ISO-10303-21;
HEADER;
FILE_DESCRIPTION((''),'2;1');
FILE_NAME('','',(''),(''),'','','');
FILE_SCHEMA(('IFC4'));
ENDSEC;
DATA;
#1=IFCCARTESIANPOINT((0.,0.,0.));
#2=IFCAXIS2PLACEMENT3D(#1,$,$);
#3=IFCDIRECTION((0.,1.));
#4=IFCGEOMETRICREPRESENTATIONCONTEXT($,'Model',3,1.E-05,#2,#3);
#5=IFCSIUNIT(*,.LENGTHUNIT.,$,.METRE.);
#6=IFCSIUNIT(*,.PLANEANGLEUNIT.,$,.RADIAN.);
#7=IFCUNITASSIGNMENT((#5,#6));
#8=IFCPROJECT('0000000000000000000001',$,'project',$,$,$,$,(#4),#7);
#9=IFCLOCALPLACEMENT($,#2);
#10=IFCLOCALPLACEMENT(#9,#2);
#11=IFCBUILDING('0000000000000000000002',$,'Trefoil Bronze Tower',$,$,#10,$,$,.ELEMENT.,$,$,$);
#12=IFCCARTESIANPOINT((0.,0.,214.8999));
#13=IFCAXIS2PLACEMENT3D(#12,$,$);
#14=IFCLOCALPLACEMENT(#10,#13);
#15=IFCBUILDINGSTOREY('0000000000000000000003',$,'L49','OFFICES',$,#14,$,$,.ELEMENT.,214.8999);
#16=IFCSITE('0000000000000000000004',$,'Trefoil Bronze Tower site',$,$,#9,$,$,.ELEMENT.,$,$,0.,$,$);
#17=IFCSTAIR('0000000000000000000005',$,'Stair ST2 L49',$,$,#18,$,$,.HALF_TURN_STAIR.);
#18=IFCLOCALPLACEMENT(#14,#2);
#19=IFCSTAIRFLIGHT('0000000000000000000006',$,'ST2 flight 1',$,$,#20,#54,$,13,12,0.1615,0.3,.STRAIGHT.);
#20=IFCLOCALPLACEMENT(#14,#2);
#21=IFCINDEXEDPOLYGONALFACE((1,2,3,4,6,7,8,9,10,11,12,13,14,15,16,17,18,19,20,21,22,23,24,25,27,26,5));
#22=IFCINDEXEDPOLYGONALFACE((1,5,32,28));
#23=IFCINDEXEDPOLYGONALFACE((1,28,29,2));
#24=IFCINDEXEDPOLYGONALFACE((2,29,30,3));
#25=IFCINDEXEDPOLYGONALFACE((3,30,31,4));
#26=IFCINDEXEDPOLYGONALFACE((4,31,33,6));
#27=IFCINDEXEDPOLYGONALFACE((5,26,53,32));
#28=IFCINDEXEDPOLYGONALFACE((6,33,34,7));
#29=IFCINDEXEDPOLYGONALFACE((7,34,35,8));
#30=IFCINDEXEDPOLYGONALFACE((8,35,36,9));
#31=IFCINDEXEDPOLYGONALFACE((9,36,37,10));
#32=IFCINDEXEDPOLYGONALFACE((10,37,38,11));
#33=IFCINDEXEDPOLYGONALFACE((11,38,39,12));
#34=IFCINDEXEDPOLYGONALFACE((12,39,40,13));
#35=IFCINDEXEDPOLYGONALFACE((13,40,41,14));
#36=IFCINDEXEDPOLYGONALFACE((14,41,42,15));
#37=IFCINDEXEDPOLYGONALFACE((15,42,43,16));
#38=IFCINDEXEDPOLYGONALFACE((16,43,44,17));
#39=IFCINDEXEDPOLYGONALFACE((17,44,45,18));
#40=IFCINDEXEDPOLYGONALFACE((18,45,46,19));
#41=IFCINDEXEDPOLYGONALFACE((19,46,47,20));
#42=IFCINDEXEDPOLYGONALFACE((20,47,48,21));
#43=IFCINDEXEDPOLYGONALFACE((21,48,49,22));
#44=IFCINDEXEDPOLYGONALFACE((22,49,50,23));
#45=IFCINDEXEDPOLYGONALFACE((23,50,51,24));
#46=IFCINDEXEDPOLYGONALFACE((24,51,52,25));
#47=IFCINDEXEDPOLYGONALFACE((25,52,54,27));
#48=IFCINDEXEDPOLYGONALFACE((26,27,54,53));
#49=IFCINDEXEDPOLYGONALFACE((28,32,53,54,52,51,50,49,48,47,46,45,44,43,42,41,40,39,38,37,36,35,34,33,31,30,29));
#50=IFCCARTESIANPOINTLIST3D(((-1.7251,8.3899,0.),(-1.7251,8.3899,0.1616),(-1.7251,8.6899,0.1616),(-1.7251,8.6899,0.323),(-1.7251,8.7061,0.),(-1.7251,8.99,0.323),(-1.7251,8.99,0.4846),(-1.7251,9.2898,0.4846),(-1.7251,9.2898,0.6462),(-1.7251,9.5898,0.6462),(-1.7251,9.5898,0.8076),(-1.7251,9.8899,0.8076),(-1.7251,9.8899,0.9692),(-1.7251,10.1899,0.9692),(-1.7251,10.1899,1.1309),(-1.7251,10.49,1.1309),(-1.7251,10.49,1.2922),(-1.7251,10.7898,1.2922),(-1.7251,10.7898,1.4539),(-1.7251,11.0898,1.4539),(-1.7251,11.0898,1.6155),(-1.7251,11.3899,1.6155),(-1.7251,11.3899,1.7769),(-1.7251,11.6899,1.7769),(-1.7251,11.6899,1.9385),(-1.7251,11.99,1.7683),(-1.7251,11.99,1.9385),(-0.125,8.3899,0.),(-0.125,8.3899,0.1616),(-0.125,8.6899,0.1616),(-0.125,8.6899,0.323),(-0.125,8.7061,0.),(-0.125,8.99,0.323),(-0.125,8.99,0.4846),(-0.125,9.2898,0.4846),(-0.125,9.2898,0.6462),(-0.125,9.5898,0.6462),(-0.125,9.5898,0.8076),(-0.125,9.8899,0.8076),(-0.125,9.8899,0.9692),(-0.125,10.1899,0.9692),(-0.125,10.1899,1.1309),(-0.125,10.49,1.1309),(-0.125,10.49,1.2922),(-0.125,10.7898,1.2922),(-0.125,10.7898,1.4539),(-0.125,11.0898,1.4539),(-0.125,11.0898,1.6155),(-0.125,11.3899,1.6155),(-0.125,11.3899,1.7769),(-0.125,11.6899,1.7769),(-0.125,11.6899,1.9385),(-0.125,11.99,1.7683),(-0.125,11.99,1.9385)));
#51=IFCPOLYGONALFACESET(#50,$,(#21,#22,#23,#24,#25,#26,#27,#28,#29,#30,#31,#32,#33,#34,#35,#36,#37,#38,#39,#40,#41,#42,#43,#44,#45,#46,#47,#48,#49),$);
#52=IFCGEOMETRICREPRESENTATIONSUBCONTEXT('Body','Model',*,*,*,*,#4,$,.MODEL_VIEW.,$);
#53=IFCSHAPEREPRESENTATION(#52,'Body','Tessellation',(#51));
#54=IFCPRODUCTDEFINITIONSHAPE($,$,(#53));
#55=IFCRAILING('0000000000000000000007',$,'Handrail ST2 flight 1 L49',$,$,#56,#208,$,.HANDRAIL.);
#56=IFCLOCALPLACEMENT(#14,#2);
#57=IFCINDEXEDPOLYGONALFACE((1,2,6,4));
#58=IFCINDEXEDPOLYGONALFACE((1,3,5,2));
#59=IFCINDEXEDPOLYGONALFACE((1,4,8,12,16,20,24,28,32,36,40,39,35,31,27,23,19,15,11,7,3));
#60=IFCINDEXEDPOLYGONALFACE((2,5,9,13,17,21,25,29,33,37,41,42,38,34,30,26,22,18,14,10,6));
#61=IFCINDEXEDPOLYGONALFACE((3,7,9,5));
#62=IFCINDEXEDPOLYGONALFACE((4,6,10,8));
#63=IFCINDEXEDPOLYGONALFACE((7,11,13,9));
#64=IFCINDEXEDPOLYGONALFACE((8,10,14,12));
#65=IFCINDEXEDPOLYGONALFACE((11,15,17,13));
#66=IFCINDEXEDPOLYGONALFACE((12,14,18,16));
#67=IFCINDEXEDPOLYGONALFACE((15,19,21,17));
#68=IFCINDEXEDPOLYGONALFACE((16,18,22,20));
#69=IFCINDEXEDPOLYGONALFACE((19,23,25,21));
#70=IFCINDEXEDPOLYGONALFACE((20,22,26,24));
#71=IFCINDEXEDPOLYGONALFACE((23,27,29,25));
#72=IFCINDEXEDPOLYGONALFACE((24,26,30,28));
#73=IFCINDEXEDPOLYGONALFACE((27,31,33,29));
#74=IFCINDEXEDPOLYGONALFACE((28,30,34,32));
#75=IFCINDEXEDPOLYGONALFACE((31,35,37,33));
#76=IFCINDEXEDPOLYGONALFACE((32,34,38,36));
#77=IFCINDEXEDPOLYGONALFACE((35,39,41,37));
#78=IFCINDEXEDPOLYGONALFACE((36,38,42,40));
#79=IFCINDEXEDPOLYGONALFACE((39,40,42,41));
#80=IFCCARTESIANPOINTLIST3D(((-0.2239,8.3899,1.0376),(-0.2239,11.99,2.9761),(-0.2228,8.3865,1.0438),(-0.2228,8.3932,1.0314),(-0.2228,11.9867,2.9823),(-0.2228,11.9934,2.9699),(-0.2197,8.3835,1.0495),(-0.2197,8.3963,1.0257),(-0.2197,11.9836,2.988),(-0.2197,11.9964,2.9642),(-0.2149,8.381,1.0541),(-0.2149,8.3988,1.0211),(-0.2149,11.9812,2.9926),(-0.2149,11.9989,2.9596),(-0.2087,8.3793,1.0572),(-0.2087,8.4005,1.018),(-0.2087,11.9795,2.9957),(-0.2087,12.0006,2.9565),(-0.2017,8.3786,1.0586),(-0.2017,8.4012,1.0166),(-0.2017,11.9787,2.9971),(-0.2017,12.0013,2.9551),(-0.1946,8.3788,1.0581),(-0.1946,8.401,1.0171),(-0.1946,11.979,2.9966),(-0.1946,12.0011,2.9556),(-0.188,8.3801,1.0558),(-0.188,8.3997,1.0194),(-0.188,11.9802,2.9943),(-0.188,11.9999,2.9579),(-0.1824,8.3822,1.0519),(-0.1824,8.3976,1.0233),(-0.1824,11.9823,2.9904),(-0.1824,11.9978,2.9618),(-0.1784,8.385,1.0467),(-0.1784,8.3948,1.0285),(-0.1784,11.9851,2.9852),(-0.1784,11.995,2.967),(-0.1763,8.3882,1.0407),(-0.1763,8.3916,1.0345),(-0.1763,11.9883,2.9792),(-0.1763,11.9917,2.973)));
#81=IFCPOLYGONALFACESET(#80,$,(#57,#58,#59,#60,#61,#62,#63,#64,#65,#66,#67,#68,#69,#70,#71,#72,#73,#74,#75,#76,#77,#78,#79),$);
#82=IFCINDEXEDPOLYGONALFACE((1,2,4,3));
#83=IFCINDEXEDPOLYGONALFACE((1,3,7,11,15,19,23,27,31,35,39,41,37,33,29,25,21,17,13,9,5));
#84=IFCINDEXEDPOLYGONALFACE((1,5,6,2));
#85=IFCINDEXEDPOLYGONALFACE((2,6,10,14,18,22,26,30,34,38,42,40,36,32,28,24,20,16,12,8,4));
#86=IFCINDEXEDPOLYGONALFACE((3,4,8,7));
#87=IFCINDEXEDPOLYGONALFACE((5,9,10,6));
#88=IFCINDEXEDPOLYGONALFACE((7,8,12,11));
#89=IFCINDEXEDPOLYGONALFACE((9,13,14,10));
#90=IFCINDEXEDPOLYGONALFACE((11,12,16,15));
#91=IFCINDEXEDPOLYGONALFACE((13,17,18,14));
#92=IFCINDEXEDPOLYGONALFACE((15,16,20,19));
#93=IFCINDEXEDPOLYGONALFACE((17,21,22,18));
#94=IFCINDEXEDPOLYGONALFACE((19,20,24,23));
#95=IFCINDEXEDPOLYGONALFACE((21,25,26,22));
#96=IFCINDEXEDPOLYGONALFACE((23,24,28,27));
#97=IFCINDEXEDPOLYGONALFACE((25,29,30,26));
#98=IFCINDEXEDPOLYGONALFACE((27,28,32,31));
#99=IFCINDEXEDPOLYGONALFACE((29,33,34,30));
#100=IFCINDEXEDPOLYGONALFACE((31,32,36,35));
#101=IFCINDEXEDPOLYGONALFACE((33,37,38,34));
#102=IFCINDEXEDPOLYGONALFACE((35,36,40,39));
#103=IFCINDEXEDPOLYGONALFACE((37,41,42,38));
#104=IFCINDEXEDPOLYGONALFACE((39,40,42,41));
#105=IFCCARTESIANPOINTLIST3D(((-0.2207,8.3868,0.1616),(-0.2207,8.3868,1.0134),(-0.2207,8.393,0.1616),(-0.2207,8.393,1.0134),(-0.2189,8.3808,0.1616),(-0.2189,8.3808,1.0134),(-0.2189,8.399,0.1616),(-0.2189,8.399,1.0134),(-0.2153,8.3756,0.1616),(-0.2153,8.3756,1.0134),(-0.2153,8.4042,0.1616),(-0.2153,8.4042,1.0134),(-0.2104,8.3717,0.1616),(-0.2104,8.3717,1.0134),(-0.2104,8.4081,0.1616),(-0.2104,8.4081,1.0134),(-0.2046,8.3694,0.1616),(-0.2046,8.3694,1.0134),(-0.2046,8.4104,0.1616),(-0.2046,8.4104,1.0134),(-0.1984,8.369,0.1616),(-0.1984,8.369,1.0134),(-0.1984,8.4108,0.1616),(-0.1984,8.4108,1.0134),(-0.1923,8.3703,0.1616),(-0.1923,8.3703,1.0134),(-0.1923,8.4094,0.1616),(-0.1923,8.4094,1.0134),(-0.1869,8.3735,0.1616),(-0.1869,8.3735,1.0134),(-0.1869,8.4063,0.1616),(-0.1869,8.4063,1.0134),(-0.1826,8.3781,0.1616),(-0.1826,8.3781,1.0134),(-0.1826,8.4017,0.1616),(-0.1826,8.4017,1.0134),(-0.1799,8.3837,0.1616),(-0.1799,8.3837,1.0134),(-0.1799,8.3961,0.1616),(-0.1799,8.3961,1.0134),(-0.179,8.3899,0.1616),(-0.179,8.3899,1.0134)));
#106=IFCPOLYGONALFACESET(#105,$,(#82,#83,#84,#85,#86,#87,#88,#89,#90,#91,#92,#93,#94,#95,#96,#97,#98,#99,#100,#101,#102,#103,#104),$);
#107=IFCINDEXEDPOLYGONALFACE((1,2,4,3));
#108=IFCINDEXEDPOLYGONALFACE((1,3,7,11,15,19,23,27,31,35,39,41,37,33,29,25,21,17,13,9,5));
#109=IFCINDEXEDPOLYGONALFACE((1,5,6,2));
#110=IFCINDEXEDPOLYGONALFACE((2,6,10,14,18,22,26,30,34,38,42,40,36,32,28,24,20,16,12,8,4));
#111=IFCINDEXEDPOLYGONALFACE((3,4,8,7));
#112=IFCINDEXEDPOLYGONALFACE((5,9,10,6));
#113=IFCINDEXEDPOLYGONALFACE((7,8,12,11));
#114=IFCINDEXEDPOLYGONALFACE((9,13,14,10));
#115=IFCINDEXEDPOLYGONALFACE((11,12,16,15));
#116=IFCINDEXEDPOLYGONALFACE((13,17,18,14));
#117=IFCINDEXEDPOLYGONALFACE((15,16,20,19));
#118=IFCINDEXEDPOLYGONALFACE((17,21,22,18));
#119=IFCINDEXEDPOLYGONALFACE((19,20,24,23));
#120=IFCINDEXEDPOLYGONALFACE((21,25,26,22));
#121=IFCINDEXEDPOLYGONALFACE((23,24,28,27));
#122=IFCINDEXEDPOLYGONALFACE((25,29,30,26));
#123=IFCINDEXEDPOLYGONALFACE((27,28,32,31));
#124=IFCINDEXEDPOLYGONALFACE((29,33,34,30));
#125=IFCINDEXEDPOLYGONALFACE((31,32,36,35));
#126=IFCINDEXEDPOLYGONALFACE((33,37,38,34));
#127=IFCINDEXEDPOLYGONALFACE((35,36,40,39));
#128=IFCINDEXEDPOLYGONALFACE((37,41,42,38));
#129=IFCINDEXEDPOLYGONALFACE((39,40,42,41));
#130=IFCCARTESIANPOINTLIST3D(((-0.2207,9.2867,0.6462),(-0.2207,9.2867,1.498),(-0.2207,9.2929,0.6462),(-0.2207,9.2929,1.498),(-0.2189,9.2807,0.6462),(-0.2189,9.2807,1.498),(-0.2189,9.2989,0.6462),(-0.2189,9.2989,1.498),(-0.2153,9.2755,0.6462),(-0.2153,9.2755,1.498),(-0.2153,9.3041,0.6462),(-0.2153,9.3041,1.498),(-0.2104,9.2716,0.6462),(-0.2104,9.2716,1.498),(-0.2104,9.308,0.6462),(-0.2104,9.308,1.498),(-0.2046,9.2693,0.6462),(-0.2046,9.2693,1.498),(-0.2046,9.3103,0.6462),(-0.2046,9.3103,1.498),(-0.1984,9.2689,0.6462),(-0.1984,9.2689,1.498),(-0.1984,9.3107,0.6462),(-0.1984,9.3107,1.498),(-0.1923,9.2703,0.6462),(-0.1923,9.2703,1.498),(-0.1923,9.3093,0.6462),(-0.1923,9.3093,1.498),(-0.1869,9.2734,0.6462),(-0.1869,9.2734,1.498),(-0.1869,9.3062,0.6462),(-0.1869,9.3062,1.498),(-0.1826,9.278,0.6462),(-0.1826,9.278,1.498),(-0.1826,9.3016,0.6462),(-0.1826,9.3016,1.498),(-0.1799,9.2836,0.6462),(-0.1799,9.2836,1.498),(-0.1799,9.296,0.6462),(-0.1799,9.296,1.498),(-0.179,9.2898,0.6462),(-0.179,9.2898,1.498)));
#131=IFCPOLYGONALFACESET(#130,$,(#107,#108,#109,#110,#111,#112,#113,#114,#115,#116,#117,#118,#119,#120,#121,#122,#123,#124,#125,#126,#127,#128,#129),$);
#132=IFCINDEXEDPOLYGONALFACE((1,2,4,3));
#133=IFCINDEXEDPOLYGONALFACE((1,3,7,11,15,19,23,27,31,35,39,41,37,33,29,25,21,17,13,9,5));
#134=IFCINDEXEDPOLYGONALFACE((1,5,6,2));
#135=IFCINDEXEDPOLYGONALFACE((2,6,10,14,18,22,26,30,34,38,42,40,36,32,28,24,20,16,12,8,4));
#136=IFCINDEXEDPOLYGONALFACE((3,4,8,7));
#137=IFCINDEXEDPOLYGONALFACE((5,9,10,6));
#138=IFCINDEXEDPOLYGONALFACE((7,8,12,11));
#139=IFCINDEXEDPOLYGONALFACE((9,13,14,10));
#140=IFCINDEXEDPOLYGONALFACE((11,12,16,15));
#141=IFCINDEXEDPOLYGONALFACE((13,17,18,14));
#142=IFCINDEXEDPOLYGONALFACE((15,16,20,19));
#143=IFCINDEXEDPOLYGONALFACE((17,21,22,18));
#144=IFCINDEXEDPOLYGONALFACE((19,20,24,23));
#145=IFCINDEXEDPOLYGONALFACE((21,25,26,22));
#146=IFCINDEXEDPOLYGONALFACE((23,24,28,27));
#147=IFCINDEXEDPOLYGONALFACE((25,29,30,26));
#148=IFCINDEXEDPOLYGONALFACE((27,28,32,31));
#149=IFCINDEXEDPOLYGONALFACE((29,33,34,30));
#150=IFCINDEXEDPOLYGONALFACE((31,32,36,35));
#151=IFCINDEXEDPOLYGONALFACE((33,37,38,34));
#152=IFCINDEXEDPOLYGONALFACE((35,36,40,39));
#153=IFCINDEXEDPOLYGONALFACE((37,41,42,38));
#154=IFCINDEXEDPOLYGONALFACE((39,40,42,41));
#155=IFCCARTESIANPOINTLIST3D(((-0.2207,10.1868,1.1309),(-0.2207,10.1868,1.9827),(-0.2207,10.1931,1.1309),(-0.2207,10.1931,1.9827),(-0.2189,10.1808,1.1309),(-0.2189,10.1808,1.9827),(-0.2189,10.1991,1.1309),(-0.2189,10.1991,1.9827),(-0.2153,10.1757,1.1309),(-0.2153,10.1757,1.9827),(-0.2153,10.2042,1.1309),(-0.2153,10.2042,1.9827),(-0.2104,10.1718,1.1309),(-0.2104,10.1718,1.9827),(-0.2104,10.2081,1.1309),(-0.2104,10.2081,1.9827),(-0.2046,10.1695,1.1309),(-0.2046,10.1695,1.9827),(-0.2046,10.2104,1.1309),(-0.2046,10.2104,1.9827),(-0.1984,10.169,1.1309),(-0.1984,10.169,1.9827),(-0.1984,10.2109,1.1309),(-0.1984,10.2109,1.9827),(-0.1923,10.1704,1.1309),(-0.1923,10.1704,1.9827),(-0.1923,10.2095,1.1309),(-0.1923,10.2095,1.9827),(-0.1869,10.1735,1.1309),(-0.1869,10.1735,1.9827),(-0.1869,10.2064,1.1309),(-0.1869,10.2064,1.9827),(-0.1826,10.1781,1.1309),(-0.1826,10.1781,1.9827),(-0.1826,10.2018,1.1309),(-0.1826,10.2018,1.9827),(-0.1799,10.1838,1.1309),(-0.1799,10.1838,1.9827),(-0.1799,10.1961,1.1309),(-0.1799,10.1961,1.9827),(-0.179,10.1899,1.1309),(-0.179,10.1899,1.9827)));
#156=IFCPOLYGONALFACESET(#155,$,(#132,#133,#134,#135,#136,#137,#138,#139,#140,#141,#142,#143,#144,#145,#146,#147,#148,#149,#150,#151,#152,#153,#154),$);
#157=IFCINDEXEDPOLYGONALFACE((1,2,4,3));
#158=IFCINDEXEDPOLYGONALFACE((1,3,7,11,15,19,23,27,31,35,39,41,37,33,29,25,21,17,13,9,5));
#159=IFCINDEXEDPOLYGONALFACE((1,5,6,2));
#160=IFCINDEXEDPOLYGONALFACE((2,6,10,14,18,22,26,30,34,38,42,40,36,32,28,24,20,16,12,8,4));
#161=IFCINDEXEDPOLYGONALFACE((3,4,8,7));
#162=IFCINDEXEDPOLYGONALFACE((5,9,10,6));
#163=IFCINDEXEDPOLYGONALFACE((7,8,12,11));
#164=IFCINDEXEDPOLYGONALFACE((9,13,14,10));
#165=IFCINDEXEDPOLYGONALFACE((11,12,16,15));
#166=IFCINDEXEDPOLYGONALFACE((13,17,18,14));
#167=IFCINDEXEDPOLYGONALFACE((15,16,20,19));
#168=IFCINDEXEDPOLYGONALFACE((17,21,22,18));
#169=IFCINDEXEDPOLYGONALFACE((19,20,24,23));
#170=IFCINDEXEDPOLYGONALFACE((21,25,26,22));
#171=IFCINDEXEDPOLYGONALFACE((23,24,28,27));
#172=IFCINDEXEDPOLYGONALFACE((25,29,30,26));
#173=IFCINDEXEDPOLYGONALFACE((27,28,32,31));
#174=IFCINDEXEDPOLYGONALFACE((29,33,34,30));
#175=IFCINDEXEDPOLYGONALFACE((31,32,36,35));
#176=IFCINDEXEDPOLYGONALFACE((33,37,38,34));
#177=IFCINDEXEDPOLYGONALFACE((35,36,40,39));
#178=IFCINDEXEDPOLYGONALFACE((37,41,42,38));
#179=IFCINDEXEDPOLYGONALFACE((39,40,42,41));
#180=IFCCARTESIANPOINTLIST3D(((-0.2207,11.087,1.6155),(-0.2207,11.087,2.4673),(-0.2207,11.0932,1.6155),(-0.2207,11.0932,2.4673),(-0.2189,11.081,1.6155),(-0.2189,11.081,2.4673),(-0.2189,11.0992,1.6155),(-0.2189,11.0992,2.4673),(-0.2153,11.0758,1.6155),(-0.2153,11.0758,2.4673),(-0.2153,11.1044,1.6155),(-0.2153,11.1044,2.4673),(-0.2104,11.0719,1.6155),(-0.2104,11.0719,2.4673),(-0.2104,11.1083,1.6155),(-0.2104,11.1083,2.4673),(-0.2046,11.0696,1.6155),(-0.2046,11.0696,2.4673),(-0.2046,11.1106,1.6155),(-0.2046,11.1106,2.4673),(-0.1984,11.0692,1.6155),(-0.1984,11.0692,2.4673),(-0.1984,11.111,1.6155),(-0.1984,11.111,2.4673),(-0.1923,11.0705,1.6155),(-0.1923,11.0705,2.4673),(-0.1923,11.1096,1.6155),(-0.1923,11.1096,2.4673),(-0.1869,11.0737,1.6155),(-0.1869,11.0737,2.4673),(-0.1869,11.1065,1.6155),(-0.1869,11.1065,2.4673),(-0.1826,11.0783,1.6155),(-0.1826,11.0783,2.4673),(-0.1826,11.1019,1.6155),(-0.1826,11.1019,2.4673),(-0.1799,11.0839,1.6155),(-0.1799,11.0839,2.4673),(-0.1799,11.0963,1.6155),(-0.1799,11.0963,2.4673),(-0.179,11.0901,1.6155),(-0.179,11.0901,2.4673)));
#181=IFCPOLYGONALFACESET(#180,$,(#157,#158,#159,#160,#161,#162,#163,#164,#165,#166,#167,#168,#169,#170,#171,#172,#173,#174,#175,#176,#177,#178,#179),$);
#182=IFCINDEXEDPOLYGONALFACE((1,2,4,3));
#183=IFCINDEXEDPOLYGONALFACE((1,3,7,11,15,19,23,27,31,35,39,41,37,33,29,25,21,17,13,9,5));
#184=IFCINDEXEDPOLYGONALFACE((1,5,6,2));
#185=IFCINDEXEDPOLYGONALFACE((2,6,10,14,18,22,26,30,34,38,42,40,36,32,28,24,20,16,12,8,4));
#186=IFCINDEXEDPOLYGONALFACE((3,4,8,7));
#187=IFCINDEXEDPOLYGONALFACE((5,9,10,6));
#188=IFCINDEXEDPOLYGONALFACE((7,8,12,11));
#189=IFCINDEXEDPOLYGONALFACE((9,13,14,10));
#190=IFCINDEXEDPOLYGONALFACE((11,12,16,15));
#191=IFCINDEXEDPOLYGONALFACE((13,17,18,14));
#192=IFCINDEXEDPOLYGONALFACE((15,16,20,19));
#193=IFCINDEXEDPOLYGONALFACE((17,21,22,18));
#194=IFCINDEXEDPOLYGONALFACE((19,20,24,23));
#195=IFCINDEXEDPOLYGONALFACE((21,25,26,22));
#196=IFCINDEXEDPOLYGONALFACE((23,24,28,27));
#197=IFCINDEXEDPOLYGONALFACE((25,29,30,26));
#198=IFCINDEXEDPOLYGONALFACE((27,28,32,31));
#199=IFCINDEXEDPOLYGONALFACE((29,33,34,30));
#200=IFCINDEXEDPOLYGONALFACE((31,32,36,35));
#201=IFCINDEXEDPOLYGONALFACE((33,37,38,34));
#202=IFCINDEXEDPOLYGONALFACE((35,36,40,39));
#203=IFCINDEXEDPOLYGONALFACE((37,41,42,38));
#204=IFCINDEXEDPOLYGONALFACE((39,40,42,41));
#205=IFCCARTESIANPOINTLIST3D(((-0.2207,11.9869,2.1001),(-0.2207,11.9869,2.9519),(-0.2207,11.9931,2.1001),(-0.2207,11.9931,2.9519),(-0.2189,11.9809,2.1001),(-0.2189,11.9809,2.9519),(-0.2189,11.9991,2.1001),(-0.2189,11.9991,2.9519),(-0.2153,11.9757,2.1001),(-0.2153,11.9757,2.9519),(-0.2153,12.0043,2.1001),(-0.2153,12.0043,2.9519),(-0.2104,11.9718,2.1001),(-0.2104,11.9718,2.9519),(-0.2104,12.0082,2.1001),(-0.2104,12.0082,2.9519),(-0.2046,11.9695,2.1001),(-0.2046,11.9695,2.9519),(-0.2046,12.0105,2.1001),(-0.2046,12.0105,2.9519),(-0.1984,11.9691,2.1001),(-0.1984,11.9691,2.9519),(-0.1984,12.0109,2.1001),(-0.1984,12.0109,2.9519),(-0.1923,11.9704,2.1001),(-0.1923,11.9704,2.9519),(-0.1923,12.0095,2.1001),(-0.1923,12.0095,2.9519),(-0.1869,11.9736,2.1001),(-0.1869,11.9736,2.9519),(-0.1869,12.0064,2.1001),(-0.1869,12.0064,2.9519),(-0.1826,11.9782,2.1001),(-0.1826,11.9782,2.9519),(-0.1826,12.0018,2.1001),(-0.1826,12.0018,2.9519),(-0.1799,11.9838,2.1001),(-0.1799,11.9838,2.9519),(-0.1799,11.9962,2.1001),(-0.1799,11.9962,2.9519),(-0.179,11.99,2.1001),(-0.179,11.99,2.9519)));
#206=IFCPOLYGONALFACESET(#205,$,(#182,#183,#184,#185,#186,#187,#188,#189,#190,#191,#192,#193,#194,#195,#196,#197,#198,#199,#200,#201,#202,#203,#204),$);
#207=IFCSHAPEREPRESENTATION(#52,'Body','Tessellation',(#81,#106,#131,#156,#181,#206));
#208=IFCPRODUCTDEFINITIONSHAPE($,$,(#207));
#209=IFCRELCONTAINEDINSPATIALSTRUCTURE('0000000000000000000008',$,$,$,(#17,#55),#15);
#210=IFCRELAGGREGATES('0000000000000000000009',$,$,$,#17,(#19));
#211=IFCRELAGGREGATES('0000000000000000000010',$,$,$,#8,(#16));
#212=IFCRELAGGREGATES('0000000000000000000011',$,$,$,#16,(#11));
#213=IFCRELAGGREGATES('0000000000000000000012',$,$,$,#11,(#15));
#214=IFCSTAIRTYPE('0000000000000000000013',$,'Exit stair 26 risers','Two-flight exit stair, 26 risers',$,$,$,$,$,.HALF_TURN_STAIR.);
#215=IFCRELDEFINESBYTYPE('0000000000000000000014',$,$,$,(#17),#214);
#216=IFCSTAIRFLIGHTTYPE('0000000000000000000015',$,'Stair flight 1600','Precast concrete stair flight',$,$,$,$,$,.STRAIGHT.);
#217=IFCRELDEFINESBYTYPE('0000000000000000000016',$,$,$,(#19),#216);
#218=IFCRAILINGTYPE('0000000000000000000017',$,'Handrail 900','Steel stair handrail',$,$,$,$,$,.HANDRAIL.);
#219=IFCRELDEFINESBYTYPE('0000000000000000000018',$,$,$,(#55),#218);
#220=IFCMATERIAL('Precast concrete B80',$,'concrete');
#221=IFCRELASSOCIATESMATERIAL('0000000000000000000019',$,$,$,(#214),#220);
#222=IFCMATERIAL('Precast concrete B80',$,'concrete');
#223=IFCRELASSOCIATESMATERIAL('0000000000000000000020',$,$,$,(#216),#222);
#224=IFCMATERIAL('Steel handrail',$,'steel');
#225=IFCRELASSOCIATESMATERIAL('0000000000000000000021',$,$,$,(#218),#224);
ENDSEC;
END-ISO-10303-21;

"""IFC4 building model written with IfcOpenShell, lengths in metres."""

from ifc_helpers import new_model, si_unit, direction, frame, origin, origin_2d, place, context, subcontext, project, spatial, polyline, circle, outline, extrude, material, type_object, element, aggregate, save


model = new_model("IFC4")

# Units and contexts
model_context = context("Model", 3, precision=1e-05, world=origin(), true_north=direction((0.0, 1.0)))
body_context = subcontext(model_context, "Body", "Model", "MODEL_VIEW")
ifc_project = project(units=[si_unit("LENGTHUNIT", "METRE"), si_unit("PLANEANGLEUNIT", "RADIAN")], contexts=[model_context])

# Site, building, storey
site_placement = place(None, origin())
site = spatial("IfcSite", under=ifc_project, at=site_placement, Name="Trefoil Bronze Tower site", CompositionType="ELEMENT", RefElevation=0.0)
building_placement = place(site_placement, origin())
building = spatial("IfcBuilding", under=site, at=building_placement, Name="Trefoil Bronze Tower", CompositionType="ELEMENT")
storey_placement = place(building_placement, frame((0.0, 0.0, 214.8999)))
storey = spatial("IfcBuildingStorey", under=building, at=storey_placement, Name="L49", Description="OFFICES", CompositionType="ELEMENT", Elevation=214.8999)

# Stair, stair flight
ifc_material_1 = material(Name="Precast concrete B80", Category="concrete")
stair_type = type_object("IfcStairType", Name="Exit stair 26 risers", Description="Two-flight exit stair, 26 risers", PredefinedType="HALF_TURN_STAIR", material=ifc_material_1)
stair_placement = place(storey_placement, origin())
stair = element("IfcStair", 1, at=stair_placement, inside=storey, type_object=stair_type, Name="Stair ST2 L49", PredefinedType="HALF_TURN_STAIR")
ifc_material_2 = material(Name="Precast concrete B80", Category="concrete")
stair_flight_type = type_object("IfcStairFlightType", Name="Stair flight 1600", Description="Precast concrete stair flight", PredefinedType="STRAIGHT", material=ifc_material_2)
stair_flight_placement = place(storey_placement, frame((-0.925, 8.3899, 0.0), z_axis=(0.0, 0.0, 1.0), x_axis=(0.0, 1.0, 0.0)))
stair_flight = element("IfcStairFlight", 2, at=stair_flight_placement, type_object=stair_flight_type, Name="ST2 flight 1", NumberOfRisers=13, NumberOfTreads=12, PredefinedType="STRAIGHT", RiserHeight=0.1615, TreadLength=0.3, context=body_context, shape_type="SweptSolid", body=[
    extrude(outline(polyline([(0.0, 0.0), (0.0, 0.1616), (0.3, 0.1616), (0.3, 0.323), (0.6001, 0.323), (0.6001, 0.4846), (0.8999, 0.4846), (0.8999, 0.6462), (1.2, 0.6462), (1.2, 0.8076), (1.5, 0.8076), (1.5, 0.9692), (1.8, 0.9692), (1.8, 1.1309), (2.1001, 1.1309), (2.1001, 1.2922), (2.3999, 1.2922), (2.3999, 1.4539), (2.7, 1.4539), (2.7, 1.6155), (3.0, 1.6155), (3.0, 1.7769), (3.3, 1.7769), (3.3, 1.9385), (3.6001, 1.9385), (3.6001, 2.1001), (3.6001, 1.7683), (0.3162, 0.0), (0.0, 0.0)])), frame((0.0, 0.8, 0.0), z_axis=(0.0, -1.0, 0.0), x_axis=(1.0, 0.0, 0.0)), (0.0, 0.0, 1.0), 1.6001),
])
aggregate(stair, [stair_flight])

# Railing
ifc_material_3 = material(Name="Steel handrail", Category="steel")
railing_type = type_object("IfcRailingType", Name="Handrail 900", Description="Steel stair handrail", PredefinedType="HANDRAIL", material=ifc_material_3)
railing_placement = place(storey_placement, frame((-0.2, 8.3899, 0.1616)))
element("IfcRailing", 3, at=railing_placement, inside=storey, type_object=railing_type, Name="Handrail ST2 flight 1 L49", PredefinedType="HANDRAIL", context=body_context, shape_type="SweptSolid", body=[
    extrude(circle(Radius=0.0239, at=origin_2d()), frame((0.0, 0.0, 0.876), z_axis=(0.0, 0.880475, 0.474093), x_axis=(-1.0, 0.0, 0.0)), (0.0, 0.0, 1.0), 4.0889),
    extrude(circle(Radius=0.021, at=origin_2d()), origin(), (0.0, 0.0, 1.0), 0.8518),
    extrude(circle(Radius=0.021, at=origin_2d()), frame((0.0, 0.8999, 0.4846)), (0.0, 0.0, 1.0), 0.8518),
    extrude(circle(Radius=0.021, at=origin_2d()), frame((0.0, 1.8, 0.9692)), (0.0, 0.0, 1.0), 0.8518),
    extrude(circle(Radius=0.021, at=origin_2d()), frame((0.0, 2.7002, 1.4539)), (0.0, 0.0, 1.0), 0.8518),
    extrude(circle(Radius=0.021, at=origin_2d()), frame((0.0, 3.6001, 1.9385)), (0.0, 0.0, 1.0), 0.8518),
])

save(model, "model.ifc")
